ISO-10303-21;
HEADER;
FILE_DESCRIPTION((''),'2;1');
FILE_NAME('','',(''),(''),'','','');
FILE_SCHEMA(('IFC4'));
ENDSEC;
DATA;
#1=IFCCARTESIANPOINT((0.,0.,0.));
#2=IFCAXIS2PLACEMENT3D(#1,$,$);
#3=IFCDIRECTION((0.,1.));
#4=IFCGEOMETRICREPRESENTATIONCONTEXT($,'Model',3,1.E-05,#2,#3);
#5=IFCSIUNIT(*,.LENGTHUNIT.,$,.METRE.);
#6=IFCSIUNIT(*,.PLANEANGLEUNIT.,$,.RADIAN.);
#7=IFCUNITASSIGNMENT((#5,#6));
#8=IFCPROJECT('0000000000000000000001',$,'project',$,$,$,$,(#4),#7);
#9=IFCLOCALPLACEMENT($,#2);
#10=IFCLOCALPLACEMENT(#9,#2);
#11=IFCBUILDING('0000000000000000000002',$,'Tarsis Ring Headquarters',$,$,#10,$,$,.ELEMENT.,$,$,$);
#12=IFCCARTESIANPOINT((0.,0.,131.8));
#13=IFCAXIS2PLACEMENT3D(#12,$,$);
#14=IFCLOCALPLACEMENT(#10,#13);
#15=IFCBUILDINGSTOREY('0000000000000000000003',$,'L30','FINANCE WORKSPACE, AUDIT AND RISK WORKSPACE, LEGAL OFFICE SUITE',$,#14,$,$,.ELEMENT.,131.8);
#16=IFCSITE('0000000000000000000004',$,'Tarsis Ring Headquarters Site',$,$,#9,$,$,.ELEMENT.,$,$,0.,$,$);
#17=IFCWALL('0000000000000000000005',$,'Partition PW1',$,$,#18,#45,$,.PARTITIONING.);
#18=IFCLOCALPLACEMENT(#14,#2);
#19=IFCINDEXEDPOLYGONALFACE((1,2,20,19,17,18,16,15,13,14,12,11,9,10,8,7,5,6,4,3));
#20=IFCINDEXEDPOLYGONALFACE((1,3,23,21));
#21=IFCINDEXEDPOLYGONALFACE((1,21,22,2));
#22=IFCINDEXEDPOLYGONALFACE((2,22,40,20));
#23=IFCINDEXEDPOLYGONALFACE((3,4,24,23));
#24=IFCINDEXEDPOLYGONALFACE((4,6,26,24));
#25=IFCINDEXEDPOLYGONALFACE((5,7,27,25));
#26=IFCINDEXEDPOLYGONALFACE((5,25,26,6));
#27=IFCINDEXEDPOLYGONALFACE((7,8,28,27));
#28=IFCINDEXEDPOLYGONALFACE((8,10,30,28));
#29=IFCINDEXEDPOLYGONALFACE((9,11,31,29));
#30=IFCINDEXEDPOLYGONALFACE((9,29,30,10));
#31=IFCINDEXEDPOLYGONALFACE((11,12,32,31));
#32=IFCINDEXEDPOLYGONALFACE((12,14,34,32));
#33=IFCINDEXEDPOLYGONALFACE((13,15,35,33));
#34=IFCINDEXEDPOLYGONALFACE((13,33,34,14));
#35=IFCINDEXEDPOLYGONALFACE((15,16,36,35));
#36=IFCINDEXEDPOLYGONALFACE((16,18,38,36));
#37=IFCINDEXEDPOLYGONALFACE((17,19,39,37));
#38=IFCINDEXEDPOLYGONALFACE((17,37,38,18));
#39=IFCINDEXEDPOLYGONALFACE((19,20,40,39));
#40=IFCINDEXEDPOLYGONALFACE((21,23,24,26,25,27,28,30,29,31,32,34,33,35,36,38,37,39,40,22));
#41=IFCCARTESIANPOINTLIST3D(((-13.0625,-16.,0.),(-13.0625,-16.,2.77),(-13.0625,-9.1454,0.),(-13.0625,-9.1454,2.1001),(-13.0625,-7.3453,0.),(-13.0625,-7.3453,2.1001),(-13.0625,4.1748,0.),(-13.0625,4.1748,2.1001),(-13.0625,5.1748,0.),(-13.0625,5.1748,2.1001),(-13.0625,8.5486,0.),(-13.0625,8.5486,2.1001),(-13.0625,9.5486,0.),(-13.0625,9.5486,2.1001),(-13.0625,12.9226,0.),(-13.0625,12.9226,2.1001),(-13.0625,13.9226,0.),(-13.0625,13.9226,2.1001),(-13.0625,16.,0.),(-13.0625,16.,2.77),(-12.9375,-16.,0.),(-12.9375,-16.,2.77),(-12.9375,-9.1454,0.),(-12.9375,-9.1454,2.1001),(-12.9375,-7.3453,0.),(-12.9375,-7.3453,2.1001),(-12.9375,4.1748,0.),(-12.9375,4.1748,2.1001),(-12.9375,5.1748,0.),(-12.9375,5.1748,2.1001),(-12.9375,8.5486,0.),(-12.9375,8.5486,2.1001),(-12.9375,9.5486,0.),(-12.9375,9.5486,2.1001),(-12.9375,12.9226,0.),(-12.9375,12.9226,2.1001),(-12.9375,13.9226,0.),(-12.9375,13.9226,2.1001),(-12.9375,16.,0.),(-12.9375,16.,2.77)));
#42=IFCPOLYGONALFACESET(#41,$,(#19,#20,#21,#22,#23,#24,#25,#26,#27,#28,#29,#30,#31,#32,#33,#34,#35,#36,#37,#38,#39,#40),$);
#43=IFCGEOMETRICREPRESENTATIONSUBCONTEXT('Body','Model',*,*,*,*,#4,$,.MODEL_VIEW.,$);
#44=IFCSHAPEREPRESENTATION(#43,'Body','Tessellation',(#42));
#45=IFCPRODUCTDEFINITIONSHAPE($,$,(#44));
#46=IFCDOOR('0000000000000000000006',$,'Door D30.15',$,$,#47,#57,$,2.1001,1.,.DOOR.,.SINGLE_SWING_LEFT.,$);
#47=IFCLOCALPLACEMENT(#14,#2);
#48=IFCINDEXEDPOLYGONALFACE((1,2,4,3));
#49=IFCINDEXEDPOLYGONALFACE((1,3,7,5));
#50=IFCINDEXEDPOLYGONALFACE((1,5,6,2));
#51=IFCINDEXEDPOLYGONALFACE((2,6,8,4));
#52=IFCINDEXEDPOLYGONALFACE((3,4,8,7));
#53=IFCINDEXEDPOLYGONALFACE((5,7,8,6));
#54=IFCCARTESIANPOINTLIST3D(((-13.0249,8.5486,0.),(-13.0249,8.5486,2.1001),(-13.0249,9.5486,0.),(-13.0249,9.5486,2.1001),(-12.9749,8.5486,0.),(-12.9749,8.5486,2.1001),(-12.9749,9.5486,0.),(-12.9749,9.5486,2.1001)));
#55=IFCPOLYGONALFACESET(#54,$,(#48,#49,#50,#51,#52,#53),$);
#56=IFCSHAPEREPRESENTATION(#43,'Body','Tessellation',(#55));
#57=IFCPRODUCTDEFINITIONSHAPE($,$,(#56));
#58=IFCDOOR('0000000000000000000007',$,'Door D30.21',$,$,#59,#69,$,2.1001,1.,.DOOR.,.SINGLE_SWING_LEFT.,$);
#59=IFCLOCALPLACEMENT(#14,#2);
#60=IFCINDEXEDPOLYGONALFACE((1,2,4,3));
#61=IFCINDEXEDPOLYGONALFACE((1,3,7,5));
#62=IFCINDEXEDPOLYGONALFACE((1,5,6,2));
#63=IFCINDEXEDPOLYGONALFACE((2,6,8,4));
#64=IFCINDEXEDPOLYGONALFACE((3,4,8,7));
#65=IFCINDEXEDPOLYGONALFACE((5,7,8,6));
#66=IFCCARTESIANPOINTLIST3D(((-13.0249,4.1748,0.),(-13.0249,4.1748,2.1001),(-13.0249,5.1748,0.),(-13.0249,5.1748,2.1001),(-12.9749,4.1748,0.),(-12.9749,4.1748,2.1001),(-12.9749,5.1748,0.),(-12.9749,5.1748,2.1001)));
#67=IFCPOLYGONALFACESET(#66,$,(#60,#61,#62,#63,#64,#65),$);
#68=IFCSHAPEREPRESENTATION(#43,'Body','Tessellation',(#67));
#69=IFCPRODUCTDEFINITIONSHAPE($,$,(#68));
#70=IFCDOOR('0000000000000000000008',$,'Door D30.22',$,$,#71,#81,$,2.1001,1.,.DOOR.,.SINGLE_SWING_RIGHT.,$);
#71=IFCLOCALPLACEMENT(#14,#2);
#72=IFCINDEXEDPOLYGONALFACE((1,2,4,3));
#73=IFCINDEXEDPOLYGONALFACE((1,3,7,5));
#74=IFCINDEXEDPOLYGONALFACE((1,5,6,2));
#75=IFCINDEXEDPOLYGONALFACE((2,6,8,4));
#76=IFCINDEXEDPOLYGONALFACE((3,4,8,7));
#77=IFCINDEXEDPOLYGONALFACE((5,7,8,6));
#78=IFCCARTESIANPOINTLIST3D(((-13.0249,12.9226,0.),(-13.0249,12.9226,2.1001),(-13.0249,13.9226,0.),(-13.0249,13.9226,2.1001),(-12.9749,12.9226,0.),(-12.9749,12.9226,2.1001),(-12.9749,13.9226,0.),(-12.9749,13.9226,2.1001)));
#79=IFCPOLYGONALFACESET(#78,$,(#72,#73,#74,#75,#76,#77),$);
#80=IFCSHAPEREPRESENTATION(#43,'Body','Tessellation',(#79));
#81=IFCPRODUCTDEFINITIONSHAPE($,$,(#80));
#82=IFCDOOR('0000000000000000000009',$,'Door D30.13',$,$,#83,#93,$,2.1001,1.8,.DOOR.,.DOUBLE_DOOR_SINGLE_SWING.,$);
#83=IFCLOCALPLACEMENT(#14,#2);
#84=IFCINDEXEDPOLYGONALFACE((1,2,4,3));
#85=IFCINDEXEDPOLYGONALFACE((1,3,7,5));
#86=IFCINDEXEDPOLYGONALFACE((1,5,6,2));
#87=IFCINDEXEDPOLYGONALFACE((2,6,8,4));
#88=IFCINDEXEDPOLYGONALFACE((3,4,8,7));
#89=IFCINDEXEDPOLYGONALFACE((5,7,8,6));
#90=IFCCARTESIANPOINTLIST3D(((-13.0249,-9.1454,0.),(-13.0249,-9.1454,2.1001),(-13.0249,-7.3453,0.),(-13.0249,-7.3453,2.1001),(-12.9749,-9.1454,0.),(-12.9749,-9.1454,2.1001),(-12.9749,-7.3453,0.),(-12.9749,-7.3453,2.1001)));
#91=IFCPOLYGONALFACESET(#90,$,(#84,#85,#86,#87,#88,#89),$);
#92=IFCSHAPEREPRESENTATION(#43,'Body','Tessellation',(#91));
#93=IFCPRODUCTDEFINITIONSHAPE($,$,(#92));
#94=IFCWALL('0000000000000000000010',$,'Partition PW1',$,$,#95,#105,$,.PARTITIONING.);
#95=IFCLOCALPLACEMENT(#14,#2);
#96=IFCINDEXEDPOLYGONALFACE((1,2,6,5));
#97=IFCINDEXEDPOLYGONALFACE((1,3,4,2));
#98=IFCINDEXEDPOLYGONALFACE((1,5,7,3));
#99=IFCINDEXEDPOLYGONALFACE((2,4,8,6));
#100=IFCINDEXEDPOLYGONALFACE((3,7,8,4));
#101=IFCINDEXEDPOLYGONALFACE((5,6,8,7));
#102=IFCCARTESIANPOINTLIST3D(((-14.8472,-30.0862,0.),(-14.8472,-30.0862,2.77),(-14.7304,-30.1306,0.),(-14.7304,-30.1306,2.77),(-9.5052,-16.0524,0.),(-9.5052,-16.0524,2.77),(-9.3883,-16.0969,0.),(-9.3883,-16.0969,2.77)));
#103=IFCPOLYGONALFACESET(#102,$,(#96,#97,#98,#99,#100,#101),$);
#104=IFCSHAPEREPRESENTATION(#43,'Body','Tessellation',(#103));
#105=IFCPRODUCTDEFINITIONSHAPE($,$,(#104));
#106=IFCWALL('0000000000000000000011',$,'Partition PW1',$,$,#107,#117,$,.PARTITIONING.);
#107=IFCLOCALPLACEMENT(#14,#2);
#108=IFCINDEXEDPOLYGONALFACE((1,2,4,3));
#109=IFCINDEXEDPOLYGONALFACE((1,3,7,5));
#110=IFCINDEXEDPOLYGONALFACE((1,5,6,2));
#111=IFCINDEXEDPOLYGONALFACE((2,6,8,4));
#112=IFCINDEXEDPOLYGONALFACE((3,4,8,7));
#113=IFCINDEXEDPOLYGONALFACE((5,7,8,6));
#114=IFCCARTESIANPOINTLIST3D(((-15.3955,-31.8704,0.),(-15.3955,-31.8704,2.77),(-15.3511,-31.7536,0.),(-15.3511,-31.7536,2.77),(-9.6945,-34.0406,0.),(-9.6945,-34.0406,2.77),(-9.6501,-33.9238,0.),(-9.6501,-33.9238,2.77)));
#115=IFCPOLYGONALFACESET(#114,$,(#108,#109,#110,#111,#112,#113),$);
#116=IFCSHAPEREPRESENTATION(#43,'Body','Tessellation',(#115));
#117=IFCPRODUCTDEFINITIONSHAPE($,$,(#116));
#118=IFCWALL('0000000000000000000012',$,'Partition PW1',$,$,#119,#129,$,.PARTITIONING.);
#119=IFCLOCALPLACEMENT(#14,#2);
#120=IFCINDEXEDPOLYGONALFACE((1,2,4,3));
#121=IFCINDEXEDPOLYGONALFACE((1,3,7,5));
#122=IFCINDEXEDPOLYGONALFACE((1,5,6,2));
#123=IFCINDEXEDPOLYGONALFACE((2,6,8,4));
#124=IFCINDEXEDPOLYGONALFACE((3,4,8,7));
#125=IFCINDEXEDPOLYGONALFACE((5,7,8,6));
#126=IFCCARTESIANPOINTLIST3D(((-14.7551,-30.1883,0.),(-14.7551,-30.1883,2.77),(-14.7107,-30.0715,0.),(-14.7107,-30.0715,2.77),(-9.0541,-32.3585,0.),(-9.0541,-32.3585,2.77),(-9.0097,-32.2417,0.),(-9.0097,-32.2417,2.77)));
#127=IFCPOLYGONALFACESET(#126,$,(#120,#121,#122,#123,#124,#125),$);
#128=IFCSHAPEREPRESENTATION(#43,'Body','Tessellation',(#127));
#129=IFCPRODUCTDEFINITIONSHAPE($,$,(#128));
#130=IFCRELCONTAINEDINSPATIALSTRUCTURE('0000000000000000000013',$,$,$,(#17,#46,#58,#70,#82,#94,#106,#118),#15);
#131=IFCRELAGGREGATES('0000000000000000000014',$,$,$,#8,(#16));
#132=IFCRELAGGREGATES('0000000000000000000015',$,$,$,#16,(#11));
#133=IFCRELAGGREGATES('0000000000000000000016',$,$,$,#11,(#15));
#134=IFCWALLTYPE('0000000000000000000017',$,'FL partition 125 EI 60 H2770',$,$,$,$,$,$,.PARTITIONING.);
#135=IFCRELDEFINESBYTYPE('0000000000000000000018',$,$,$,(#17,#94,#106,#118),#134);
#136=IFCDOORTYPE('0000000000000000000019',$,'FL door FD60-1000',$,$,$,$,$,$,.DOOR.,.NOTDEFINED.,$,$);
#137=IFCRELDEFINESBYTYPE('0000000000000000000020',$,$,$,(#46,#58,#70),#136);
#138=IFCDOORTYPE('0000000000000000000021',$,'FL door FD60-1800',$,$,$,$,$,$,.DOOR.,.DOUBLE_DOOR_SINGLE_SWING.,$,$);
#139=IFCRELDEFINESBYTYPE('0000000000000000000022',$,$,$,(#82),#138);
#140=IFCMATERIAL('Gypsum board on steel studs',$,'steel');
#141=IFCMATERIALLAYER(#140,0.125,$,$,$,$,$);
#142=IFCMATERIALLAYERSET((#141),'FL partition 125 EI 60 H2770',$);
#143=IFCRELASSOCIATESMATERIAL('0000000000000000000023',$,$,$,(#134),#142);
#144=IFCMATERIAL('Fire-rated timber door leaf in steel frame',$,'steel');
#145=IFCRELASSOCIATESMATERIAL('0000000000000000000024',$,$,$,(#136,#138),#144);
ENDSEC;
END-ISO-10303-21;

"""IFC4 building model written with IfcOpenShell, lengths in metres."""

from ifc_helpers import new_model, si_unit, direction, frame, frame_2d, origin, place, context, subcontext, project, spatial, rectangle, extrude, material, layer, layer_set, type_object, element, fill, save


model = new_model("IFC4")

# Units and contexts
model_context = context("Model", 3, precision=1e-05, world=origin(), true_north=direction((0.0, 1.0)))
body_context = subcontext(model_context, "Body", "Model", "MODEL_VIEW")
ifc_project = project(units=[si_unit("LENGTHUNIT", "METRE"), si_unit("PLANEANGLEUNIT", "RADIAN")], contexts=[model_context])

# Site, building, storey
site_placement = place(None, origin())
site = spatial("IfcSite", under=ifc_project, at=site_placement, Name="Tarsis Ring Headquarters Site", CompositionType="ELEMENT", RefElevation=0.0)
building_placement = place(site_placement, origin())
building = spatial("IfcBuilding", under=site, at=building_placement, Name="Tarsis Ring Headquarters", CompositionType="ELEMENT")
storey_placement = place(building_placement, frame((0.0, 0.0, 131.8)))
storey = spatial("IfcBuildingStorey", under=building, at=storey_placement, Name="L30", Description="FINANCE WORKSPACE, AUDIT AND RISK WORKSPACE, LEGAL OFFICE SUITE", CompositionType="ELEMENT", Elevation=131.8)

# Shared definitions
ifc_material_1 = material(Name="Gypsum board on steel studs", Category="steel")

# Wall, openings, doors
ifc_layer_1 = layer(ifc_material_1, 0.125)
ifc_layer_set_1 = layer_set([ifc_layer_1], Name="FL partition 125 EI 60 H2770")
wall_type_1 = type_object("IfcWallType", Name="FL partition 125 EI 60 H2770", PredefinedType="PARTITIONING", material=ifc_layer_set_1)
wall_1_placement = place(storey_placement, frame((-13.0, -16.0, 0.0), z_axis=(0.0, 0.0, 1.0), x_axis=(0.0, 1.0, 0.0)))
wall_1 = element("IfcWall", 1, at=wall_1_placement, inside=storey, type_object=wall_type_1, Name="Partition PW1", PredefinedType="PARTITIONING", context=body_context, shape_type="SweptSolid", body=[
    extrude(rectangle(XDim=32.0, YDim=0.125, at=frame_2d((16.0, 0.0))), origin(), (0.0, 0.0, 1.0), 2.77),
])
opening_1_placement = place(wall_1_placement, frame((6.8547, 0.0, 0.0)))
opening_1 = element("IfcOpeningElement", 2, at=opening_1_placement, cuts=wall_1, PredefinedType="OPENING", context=body_context, shape_type="SweptSolid", body=[
    extrude(rectangle(XDim=1.8, YDim=2.1001, at=frame_2d((0.8999, 1.05))), frame((0.0, 0.0725, 0.0), z_axis=(0.0, -1.0, 0.0), x_axis=(1.0, 0.0, 0.0)), (0.0, 0.0, 1.0), 0.145),
])
opening_2_placement = place(wall_1_placement, frame((24.5486, 0.0, 0.0)))
opening_2 = element("IfcOpeningElement", 3, at=opening_2_placement, cuts=wall_1, PredefinedType="OPENING", context=body_context, shape_type="SweptSolid", body=[
    extrude(rectangle(XDim=1.0, YDim=2.1001, at=frame_2d((0.5, 1.05))), frame((0.0, 0.0725, 0.0), z_axis=(0.0, -1.0, 0.0), x_axis=(1.0, 0.0, 0.0)), (0.0, 0.0, 1.0), 0.145),
])
opening_3_placement = place(wall_1_placement, frame((20.1748, 0.0, 0.0)))
opening_3 = element("IfcOpeningElement", 4, at=opening_3_placement, cuts=wall_1, PredefinedType="OPENING", context=body_context, shape_type="SweptSolid", body=[
    extrude(rectangle(XDim=1.0, YDim=2.1001, at=frame_2d((0.5, 1.05))), frame((0.0, 0.0725, 0.0), z_axis=(0.0, -1.0, 0.0), x_axis=(1.0, 0.0, 0.0)), (0.0, 0.0, 1.0), 0.145),
])
opening_4_placement = place(wall_1_placement, frame((28.9226, 0.0, 0.0)))
opening_4 = element("IfcOpeningElement", 5, at=opening_4_placement, cuts=wall_1, PredefinedType="OPENING", context=body_context, shape_type="SweptSolid", body=[
    extrude(rectangle(XDim=1.0, YDim=2.1001, at=frame_2d((0.5, 1.05))), frame((0.0, 0.0725, 0.0), z_axis=(0.0, -1.0, 0.0), x_axis=(1.0, 0.0, 0.0)), (0.0, 0.0, 1.0), 0.145),
])
ifc_material_2 = material(Name="Fire-rated timber door leaf in steel frame", Category="steel")
door_type_1 = type_object("IfcDoorType", Name="FL door FD60-1000", OperationType="NOTDEFINED", PredefinedType="DOOR", material=ifc_material_2)
door_1_placement = place(opening_2_placement, origin())
door_1 = element("IfcDoor", 6, at=door_1_placement, inside=storey, type_object=door_type_1, Name="Door D30.15", OperationType="SINGLE_SWING_LEFT", OverallHeight=2.1001, OverallWidth=1.0, PredefinedType="DOOR", context=body_context, shape_type="SweptSolid", body=[
    extrude(rectangle(XDim=1.0, YDim=2.1001, at=frame_2d((0.5, 1.05))), frame((0.0, 0.0249, 0.0), z_axis=(0.0, -1.0, 0.0), x_axis=(1.0, 0.0, 0.0)), (0.0, 0.0, 1.0), 0.05),
])
fill(opening_2, door_1)
door_2_placement = place(opening_3_placement, origin())
door_2 = element("IfcDoor", 7, at=door_2_placement, inside=storey, type_object=door_type_1, Name="Door D30.21", OperationType="SINGLE_SWING_LEFT", OverallHeight=2.1001, OverallWidth=1.0, PredefinedType="DOOR", context=body_context, shape_type="SweptSolid", body=[
    extrude(rectangle(XDim=1.0, YDim=2.1001, at=frame_2d((0.5, 1.05))), frame((0.0, 0.0249, 0.0), z_axis=(0.0, -1.0, 0.0), x_axis=(1.0, 0.0, 0.0)), (0.0, 0.0, 1.0), 0.05),
])
fill(opening_3, door_2)
door_3_placement = place(opening_4_placement, origin())
door_3 = element("IfcDoor", 8, at=door_3_placement, inside=storey, type_object=door_type_1, Name="Door D30.22", OperationType="SINGLE_SWING_RIGHT", OverallHeight=2.1001, OverallWidth=1.0, PredefinedType="DOOR", context=body_context, shape_type="SweptSolid", body=[
    extrude(rectangle(XDim=1.0, YDim=2.1001, at=frame_2d((0.5, 1.05))), frame((0.0, 0.0249, 0.0), z_axis=(0.0, -1.0, 0.0), x_axis=(1.0, 0.0, 0.0)), (0.0, 0.0, 1.0), 0.05),
])
fill(opening_4, door_3)
door_type_2 = type_object("IfcDoorType", Name="FL door FD60-1800", OperationType="DOUBLE_DOOR_SINGLE_SWING", PredefinedType="DOOR", material=ifc_material_2)
door_4_placement = place(opening_1_placement, origin())
door_4 = element("IfcDoor", 9, at=door_4_placement, inside=storey, type_object=door_type_2, Name="Door D30.13", OperationType="DOUBLE_DOOR_SINGLE_SWING", OverallHeight=2.1001, OverallWidth=1.8, PredefinedType="DOOR", context=body_context, shape_type="SweptSolid", body=[
    extrude(rectangle(XDim=1.8, YDim=2.1001, at=frame_2d((0.8999, 1.05))), frame((0.0, 0.0249, 0.0), z_axis=(0.0, -1.0, 0.0), x_axis=(1.0, 0.0, 0.0)), (0.0, 0.0, 1.0), 0.05),
])
fill(opening_1, door_4)

# Walls
wall_2_placement = place(storey_placement, frame((-14.7888, -30.1084, 0.0), z_axis=(0.0, 0.0, 1.0), x_axis=(0.355755, 0.934579, 0.0)))
element("IfcWall", 10, at=wall_2_placement, inside=storey, type_object=wall_type_1, Name="Partition PW1", PredefinedType="PARTITIONING", context=body_context, shape_type="SweptSolid", body=[
    extrude(rectangle(XDim=15.0161, YDim=0.125, at=frame_2d((7.5081, 0.0))), origin(), (0.0, 0.0, 1.0), 2.77),
])
for number, where, z_axis, x_axis, name in (
    (11, (-15.3733, -31.812, 0.0), (0.0, 0.0, 1.0), (0.934576, -0.355764, 0.0), "Partition PW1"),
    (12, (-14.7329, -30.1299, 0.0), (0.0, 0.0, 1.0), (0.934576, -0.355764, 0.0), "Partition PW1"),
):
    element("IfcWall", number, at=place(storey_placement, frame(where, z_axis=z_axis, x_axis=x_axis)), inside=storey, type_object=wall_type_1, Name=name, PredefinedType="PARTITIONING", context=body_context, shape_type="SweptSolid", body=[
        extrude(rectangle(XDim=6.1001, YDim=0.125, at=frame_2d((3.05, 0.0))), origin(), (0.0, 0.0, 1.0), 2.77),
    ])

save(model, "model.ifc")
